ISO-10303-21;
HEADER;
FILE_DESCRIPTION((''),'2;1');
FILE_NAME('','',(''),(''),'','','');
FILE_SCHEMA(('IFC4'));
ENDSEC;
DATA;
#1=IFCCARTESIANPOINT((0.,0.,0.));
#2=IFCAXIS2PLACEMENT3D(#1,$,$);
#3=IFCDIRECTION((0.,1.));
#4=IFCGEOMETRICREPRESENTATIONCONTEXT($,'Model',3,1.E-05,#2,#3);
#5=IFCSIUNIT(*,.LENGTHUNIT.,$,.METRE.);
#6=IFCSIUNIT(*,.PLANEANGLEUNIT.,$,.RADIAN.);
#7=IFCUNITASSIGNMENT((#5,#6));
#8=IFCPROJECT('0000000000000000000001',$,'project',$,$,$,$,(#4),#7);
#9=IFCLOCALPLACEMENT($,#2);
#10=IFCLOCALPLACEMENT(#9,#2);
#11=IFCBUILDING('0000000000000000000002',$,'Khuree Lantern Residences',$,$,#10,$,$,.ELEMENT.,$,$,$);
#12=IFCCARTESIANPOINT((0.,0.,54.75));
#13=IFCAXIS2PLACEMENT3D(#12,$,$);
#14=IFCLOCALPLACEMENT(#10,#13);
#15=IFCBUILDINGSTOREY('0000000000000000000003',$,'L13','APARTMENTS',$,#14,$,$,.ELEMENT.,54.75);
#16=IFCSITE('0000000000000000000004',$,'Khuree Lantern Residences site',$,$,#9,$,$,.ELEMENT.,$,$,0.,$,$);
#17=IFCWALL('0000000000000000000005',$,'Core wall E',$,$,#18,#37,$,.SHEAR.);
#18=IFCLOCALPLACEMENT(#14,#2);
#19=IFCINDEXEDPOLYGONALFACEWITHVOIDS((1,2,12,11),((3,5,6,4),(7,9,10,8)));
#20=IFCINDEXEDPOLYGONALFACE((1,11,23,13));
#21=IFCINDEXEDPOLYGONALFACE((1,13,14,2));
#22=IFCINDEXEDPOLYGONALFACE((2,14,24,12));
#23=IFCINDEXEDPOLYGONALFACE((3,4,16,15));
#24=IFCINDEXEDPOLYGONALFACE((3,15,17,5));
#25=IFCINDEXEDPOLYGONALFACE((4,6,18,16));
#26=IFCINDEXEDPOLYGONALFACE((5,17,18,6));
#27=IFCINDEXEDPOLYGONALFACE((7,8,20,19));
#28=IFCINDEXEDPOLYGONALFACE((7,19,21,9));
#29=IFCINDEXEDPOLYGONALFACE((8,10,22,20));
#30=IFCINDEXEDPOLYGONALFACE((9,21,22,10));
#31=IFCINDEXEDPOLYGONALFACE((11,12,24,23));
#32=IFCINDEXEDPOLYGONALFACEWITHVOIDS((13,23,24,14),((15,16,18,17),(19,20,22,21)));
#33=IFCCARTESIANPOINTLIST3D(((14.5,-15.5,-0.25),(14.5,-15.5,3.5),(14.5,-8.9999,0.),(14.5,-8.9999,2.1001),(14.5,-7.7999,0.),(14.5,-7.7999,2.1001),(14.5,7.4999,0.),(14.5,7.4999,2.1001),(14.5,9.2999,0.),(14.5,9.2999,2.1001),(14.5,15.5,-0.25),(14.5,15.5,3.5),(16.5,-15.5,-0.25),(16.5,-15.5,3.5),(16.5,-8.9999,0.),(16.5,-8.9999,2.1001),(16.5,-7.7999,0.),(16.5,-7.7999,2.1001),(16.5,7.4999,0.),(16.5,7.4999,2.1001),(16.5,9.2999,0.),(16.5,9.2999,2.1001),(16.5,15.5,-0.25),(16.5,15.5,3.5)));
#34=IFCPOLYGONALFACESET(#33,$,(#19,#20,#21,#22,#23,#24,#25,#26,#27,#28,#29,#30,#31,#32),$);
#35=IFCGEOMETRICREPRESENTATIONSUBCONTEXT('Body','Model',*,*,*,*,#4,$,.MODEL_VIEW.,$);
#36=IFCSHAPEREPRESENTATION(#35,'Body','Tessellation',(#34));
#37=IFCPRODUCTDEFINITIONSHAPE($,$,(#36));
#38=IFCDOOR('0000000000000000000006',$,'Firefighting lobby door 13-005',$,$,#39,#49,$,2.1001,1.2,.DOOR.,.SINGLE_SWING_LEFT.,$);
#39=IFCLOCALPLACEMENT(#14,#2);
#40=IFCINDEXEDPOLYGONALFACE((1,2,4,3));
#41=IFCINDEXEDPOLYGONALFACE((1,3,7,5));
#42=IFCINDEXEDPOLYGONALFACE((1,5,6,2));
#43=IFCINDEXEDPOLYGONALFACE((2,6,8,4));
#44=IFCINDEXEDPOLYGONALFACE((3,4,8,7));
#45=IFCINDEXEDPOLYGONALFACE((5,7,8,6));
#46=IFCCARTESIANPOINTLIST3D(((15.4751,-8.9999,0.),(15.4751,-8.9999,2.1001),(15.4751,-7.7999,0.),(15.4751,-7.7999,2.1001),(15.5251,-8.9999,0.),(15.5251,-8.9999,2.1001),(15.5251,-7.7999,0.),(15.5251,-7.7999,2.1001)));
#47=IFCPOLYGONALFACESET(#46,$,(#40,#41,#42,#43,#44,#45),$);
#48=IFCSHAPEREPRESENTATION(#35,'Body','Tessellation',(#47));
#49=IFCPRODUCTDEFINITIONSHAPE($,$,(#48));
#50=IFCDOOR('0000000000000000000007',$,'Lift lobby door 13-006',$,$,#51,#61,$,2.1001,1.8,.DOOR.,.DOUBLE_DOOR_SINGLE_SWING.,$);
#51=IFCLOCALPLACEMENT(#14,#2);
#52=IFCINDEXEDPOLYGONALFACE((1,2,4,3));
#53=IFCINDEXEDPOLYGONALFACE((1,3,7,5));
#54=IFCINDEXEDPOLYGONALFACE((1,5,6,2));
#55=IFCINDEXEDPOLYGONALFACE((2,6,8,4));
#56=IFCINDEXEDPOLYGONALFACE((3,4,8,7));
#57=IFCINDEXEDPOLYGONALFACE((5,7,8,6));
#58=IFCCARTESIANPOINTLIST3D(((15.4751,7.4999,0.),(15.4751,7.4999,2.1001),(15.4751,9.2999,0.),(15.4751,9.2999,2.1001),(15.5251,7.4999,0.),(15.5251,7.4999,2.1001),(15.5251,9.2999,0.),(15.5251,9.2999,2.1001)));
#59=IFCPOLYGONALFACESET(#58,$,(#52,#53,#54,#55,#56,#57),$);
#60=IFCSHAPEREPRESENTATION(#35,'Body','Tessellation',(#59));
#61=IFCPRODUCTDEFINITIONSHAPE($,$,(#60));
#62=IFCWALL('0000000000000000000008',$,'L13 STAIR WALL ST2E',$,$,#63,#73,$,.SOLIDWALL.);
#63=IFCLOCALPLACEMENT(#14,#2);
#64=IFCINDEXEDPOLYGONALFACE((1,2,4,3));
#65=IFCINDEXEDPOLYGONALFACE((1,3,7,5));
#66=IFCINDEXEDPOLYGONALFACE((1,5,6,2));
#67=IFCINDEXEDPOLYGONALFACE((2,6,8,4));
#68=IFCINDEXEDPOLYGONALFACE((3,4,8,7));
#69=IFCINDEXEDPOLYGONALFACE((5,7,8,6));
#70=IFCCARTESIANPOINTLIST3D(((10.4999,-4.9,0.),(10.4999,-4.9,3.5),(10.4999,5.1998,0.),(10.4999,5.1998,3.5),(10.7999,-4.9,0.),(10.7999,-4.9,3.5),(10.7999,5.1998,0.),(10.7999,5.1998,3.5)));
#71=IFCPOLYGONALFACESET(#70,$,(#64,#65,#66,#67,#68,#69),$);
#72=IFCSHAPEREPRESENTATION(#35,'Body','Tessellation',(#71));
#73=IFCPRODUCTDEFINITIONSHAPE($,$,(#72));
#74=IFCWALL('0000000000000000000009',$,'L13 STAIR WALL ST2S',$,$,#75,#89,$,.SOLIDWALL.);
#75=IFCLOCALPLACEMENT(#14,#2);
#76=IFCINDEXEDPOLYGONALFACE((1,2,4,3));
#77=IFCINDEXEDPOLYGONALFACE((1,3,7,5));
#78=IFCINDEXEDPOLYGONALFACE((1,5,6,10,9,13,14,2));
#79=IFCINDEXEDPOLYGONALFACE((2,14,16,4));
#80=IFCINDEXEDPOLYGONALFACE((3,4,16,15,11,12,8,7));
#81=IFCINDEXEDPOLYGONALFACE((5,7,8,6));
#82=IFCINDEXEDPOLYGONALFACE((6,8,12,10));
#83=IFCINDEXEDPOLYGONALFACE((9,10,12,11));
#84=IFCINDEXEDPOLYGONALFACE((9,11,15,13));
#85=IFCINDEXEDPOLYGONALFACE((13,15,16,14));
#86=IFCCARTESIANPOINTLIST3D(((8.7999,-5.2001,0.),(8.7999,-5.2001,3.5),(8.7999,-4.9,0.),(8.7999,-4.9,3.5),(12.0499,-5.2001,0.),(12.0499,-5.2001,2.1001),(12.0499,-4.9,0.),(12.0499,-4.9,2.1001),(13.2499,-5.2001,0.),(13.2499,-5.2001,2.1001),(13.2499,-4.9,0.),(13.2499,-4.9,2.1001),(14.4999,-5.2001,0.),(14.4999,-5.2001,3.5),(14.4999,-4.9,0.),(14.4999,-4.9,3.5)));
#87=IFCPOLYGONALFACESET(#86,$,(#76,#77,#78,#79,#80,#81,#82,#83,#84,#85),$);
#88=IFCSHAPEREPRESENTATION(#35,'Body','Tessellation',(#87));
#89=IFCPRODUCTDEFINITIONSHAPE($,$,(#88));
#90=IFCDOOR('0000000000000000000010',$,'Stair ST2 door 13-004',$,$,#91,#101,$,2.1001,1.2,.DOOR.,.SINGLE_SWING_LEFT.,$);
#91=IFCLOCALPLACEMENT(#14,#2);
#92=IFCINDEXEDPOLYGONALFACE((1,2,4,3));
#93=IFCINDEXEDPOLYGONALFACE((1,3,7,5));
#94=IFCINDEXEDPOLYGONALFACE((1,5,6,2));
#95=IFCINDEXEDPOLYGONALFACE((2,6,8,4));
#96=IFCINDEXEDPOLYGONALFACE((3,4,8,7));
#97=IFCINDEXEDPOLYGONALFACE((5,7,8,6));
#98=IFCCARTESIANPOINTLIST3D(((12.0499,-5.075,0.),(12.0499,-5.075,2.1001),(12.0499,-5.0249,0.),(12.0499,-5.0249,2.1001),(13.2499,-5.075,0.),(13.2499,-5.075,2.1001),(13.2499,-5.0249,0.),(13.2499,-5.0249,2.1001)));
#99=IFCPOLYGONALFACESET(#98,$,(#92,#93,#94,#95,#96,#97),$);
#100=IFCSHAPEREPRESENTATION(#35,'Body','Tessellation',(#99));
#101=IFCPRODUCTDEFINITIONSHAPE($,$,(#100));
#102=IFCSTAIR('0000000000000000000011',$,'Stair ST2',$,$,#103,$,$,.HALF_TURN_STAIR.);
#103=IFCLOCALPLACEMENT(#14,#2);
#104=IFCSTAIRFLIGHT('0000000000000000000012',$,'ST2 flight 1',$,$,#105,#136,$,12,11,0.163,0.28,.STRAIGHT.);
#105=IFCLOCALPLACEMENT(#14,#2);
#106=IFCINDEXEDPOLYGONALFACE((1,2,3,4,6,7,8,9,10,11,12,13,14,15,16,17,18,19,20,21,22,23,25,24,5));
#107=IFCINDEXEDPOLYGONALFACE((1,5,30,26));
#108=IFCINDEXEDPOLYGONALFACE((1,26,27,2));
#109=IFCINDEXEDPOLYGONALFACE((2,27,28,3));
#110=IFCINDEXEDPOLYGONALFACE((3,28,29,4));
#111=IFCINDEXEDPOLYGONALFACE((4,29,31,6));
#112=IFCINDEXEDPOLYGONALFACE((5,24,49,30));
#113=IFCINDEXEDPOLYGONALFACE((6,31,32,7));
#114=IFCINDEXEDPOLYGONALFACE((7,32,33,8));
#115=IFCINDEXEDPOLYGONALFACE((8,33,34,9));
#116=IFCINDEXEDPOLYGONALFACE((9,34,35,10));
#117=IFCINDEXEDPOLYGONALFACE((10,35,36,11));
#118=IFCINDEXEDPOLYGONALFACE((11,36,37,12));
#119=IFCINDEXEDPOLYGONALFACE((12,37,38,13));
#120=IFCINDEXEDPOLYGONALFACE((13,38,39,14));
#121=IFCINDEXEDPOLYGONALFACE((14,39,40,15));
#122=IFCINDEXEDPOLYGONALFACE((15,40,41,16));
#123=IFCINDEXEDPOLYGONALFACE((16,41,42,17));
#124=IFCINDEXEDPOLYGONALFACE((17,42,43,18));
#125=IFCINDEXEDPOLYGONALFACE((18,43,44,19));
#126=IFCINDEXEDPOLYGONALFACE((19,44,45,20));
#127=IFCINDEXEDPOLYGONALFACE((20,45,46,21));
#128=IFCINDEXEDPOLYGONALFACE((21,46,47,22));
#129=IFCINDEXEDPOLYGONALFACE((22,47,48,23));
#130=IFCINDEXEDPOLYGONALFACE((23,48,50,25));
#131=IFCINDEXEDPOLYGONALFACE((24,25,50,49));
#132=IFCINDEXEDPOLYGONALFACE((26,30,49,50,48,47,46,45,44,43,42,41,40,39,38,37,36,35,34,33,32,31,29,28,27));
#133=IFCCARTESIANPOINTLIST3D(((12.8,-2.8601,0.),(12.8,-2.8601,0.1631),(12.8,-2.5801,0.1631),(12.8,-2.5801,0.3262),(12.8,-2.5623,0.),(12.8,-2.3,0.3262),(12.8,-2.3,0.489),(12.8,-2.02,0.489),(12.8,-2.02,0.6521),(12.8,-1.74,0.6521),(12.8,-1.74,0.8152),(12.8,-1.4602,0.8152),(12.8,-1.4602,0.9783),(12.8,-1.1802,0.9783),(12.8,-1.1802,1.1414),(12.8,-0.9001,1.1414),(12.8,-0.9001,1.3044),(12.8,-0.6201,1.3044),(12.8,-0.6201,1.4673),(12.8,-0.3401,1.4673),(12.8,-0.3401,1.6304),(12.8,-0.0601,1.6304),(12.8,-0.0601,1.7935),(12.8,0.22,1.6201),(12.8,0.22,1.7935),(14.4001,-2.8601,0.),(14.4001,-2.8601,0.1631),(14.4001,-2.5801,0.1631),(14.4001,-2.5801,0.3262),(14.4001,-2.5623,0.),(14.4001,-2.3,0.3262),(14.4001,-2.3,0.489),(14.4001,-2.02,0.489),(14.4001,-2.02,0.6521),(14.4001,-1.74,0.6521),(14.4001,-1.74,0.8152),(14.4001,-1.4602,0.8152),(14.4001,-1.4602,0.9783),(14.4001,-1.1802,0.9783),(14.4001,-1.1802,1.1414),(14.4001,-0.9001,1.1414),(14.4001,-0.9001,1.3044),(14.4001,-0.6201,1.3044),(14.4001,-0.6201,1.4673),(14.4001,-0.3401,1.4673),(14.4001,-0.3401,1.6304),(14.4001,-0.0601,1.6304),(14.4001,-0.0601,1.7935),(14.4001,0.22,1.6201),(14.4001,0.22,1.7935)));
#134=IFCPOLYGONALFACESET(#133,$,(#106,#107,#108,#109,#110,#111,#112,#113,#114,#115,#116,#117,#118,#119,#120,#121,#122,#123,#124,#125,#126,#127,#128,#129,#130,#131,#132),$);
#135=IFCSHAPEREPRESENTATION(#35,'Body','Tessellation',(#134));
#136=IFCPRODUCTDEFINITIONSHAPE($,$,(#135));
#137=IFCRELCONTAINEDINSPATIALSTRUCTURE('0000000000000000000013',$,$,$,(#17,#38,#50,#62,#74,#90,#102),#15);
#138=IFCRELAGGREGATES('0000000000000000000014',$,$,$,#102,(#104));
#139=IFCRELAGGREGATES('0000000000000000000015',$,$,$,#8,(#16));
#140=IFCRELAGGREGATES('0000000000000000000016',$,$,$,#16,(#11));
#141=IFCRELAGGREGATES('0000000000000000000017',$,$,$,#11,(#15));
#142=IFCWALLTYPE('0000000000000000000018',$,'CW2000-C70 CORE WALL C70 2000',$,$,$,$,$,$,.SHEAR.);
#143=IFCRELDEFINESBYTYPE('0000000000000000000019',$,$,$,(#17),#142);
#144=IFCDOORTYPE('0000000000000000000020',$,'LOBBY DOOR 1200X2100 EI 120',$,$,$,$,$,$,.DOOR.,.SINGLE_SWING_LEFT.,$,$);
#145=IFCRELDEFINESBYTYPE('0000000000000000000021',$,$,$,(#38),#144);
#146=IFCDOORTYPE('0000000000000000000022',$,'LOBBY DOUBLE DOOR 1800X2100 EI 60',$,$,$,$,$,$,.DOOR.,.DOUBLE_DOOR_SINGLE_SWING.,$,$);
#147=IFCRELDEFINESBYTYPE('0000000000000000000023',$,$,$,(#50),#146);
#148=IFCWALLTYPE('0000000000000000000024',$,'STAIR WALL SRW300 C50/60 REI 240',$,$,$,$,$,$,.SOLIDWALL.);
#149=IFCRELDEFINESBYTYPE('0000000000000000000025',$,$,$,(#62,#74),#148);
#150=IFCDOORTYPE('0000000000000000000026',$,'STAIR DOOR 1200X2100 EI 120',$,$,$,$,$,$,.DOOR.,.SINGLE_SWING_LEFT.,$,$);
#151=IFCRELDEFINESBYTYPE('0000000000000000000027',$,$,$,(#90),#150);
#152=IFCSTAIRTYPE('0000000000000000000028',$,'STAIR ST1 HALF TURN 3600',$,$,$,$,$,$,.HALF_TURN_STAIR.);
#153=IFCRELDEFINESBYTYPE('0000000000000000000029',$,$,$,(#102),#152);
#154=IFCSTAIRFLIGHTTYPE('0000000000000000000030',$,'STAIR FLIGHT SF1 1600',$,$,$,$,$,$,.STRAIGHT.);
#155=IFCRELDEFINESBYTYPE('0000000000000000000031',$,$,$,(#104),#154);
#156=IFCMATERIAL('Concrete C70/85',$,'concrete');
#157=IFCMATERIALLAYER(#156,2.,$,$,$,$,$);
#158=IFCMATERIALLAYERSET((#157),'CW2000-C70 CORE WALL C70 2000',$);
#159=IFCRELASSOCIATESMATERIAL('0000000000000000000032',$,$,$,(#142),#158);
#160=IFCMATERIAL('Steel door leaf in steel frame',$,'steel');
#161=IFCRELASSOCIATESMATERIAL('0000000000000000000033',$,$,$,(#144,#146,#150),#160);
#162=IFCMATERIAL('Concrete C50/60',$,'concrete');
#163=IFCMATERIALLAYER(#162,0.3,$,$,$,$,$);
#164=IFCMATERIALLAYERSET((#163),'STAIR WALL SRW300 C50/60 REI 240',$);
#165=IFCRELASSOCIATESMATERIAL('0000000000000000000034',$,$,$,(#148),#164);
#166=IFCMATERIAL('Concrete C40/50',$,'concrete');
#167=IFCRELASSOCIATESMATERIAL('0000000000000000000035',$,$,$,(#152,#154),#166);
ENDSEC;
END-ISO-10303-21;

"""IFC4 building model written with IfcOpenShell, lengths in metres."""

from ifc_helpers import new_model, si_unit, direction, frame, frame_2d, origin, place, context, subcontext, project, spatial, polyline, rectangle, outline, extrude, material, layer, layer_set, type_object, element, fill, aggregate, save


model = new_model("IFC4")

# Units and contexts
model_context = context("Model", 3, precision=1e-05, world=origin(), true_north=direction((0.0, 1.0)))
body_context = subcontext(model_context, "Body", "Model", "MODEL_VIEW")
ifc_project = project(units=[si_unit("LENGTHUNIT", "METRE"), si_unit("PLANEANGLEUNIT", "RADIAN")], contexts=[model_context])

# Site, building, storey
site_placement = place(None, origin())
site = spatial("IfcSite", under=ifc_project, at=site_placement, Name="Khuree Lantern Residences site", CompositionType="ELEMENT", RefElevation=0.0)
building_placement = place(site_placement, origin())
building = spatial("IfcBuilding", under=site, at=building_placement, Name="Khuree Lantern Residences", CompositionType="ELEMENT")
storey_placement = place(building_placement, frame((0.0, 0.0, 54.75)))
storey = spatial("IfcBuildingStorey", under=building, at=storey_placement, Name="L13", Description="APARTMENTS", CompositionType="ELEMENT", Elevation=54.75)

# Shared definitions
ifc_material_1 = material(Name="Concrete C70/85", Category="concrete")

# Wall, openings, doors
ifc_layer_1 = layer(ifc_material_1, 2.0)
ifc_layer_set_1 = layer_set([ifc_layer_1], Name="CW2000-C70 CORE WALL C70 2000")
wall_type_1 = type_object("IfcWallType", Name="CW2000-C70 CORE WALL C70 2000", PredefinedType="SHEAR", material=ifc_layer_set_1)
wall_1_placement = place(storey_placement, frame((15.5, -15.5, -0.25), z_axis=(0.0, 0.0, 1.0), x_axis=(0.0, 1.0, 0.0)))
wall_1 = element("IfcWall", 1, at=wall_1_placement, inside=storey, type_object=wall_type_1, Name="Core wall E", PredefinedType="SHEAR", context=body_context, shape_type="SweptSolid", body=[
    extrude(rectangle(XDim=31.0, YDim=2.0, at=frame_2d((15.5, 0.0))), origin(), (0.0, 0.0, 1.0), 3.75),
])
opening_1_placement = place(wall_1_placement, frame((6.5, 0.0, 0.25)))
opening_1 = element("IfcOpeningElement", 2, at=opening_1_placement, cuts=wall_1, PredefinedType="OPENING", context=body_context, shape_type="SweptSolid", body=[
    extrude(rectangle(XDim=1.2, YDim=2.1001, at=frame_2d((0.6001, 1.05))), frame((0.0, 1.01, 0.0), z_axis=(0.0, -1.0, 0.0), x_axis=(1.0, 0.0, 0.0)), (0.0, 0.0, 1.0), 2.02),
])
opening_2_placement = place(wall_1_placement, frame((23.0, 0.0, 0.25)))
opening_2 = element("IfcOpeningElement", 3, at=opening_2_placement, cuts=wall_1, PredefinedType="OPENING", context=body_context, shape_type="SweptSolid", body=[
    extrude(rectangle(XDim=1.8, YDim=2.1001, at=frame_2d((0.8999, 1.05))), frame((0.0, 1.01, 0.0), z_axis=(0.0, -1.0, 0.0), x_axis=(1.0, 0.0, 0.0)), (0.0, 0.0, 1.0), 2.02),
])
ifc_material_2 = material(Name="Steel door leaf in steel frame", Category="steel")
door_type_1 = type_object("IfcDoorType", Name="LOBBY DOOR 1200X2100 EI 120", OperationType="SINGLE_SWING_LEFT", PredefinedType="DOOR", material=ifc_material_2)
door_1_placement = place(opening_1_placement, origin())
door_1 = element("IfcDoor", 4, at=door_1_placement, inside=storey, type_object=door_type_1, Name="Firefighting lobby door 13-005", OperationType="SINGLE_SWING_LEFT", OverallHeight=2.1001, OverallWidth=1.2, PredefinedType="DOOR", context=body_context, shape_type="SweptSolid", body=[
    extrude(rectangle(XDim=1.2, YDim=2.1001, at=frame_2d((0.6001, 1.05))), frame((0.0, 0.0249, 0.0), z_axis=(0.0, -1.0, 0.0), x_axis=(1.0, 0.0, 0.0)), (0.0, 0.0, 1.0), 0.05),
])
fill(opening_1, door_1)
door_type_2 = type_object("IfcDoorType", Name="LOBBY DOUBLE DOOR 1800X2100 EI 60", OperationType="DOUBLE_DOOR_SINGLE_SWING", PredefinedType="DOOR", material=ifc_material_2)
door_2_placement = place(opening_2_placement, origin())
door_2 = element("IfcDoor", 5, at=door_2_placement, inside=storey, type_object=door_type_2, Name="Lift lobby door 13-006", OperationType="DOUBLE_DOOR_SINGLE_SWING", OverallHeight=2.1001, OverallWidth=1.8, PredefinedType="DOOR", context=body_context, shape_type="SweptSolid", body=[
    extrude(rectangle(XDim=1.8, YDim=2.1001, at=frame_2d((0.8999, 1.05))), frame((0.0, 0.0249, 0.0), z_axis=(0.0, -1.0, 0.0), x_axis=(1.0, 0.0, 0.0)), (0.0, 0.0, 1.0), 0.05),
])
fill(opening_2, door_2)

# Wall
ifc_material_3 = material(Name="Concrete C50/60", Category="concrete")
ifc_layer_2 = layer(ifc_material_3, 0.3)
ifc_layer_set_2 = layer_set([ifc_layer_2], Name="STAIR WALL SRW300 C50/60 REI 240")
wall_type_2 = type_object("IfcWallType", Name="STAIR WALL SRW300 C50/60 REI 240", PredefinedType="SOLIDWALL", material=ifc_layer_set_2)
wall_2_placement = place(storey_placement, frame((10.6499, -4.8999, 0.0), z_axis=(0.0, 0.0, 1.0), x_axis=(0.0, 1.0, 0.0)))
element("IfcWall", 6, at=wall_2_placement, inside=storey, type_object=wall_type_2, Name="L13 STAIR WALL ST2E", PredefinedType="SOLIDWALL", context=body_context, shape_type="SweptSolid", body=[
    extrude(rectangle(XDim=10.0999, YDim=0.3, at=frame_2d((5.0498, 0.0))), origin(), (0.0, 0.0, 1.0), 3.5),
])

# Wall, opening, door
wall_3_placement = place(storey_placement, frame((14.5, -5.05, 0.0), z_axis=(0.0, 0.0, 1.0), x_axis=(-1.0, 0.0, 0.0)))
wall_3 = element("IfcWall", 7, at=wall_3_placement, inside=storey, type_object=wall_type_2, Name="L13 STAIR WALL ST2S", PredefinedType="SOLIDWALL", context=body_context, shape_type="SweptSolid", body=[
    extrude(rectangle(XDim=5.7, YDim=0.3, at=frame_2d((2.8501, 0.0))), origin(), (0.0, 0.0, 1.0), 3.5),
])
opening_3_placement = place(wall_3_placement, frame((1.25, 0.0, 0.0)))
opening_3 = element("IfcOpeningElement", 8, at=opening_3_placement, cuts=wall_3, PredefinedType="OPENING", context=body_context, shape_type="SweptSolid", body=[
    extrude(rectangle(XDim=1.2, YDim=2.1001, at=frame_2d((0.6001, 1.05))), frame((0.0, 0.1602, 0.0), z_axis=(0.0, -1.0, 0.0), x_axis=(1.0, 0.0, 0.0)), (0.0, 0.0, 1.0), 0.3201),
])
door_type_3 = type_object("IfcDoorType", Name="STAIR DOOR 1200X2100 EI 120", OperationType="SINGLE_SWING_LEFT", PredefinedType="DOOR", material=ifc_material_2)
door_3_placement = place(opening_3_placement, origin())
door_3 = element("IfcDoor", 9, at=door_3_placement, inside=storey, type_object=door_type_3, Name="Stair ST2 door 13-004", OperationType="SINGLE_SWING_LEFT", OverallHeight=2.1001, OverallWidth=1.2, PredefinedType="DOOR", context=body_context, shape_type="SweptSolid", body=[
    extrude(rectangle(XDim=1.2, YDim=2.1001, at=frame_2d((0.6001, 1.05))), frame((0.0, 0.0249, 0.0), z_axis=(0.0, -1.0, 0.0), x_axis=(1.0, 0.0, 0.0)), (0.0, 0.0, 1.0), 0.05),
])
fill(opening_3, door_3)

# Stair, stair flight
ifc_material_4 = material(Name="Concrete C40/50", Category="concrete")
stair_type = type_object("IfcStairType", Name="STAIR ST1 HALF TURN 3600", PredefinedType="HALF_TURN_STAIR", material=ifc_material_4)
stair_placement = place(storey_placement, origin())
stair = element("IfcStair", 10, at=stair_placement, inside=storey, type_object=stair_type, Name="Stair ST2", PredefinedType="HALF_TURN_STAIR")
stair_flight_type = type_object("IfcStairFlightType", Name="STAIR FLIGHT SF1 1600", PredefinedType="STRAIGHT", material=ifc_material_4)
stair_flight_placement = place(storey_placement, frame((13.6001, -2.8601, 0.0), z_axis=(0.0, 0.0, 1.0), x_axis=(0.0, 1.0, 0.0)))
stair_flight = element("IfcStairFlight", 11, at=stair_flight_placement, type_object=stair_flight_type, Name="ST2 flight 1", NumberOfRisers=12, NumberOfTreads=11, PredefinedType="STRAIGHT", RiserHeight=0.163, TreadLength=0.28, context=body_context, shape_type="SweptSolid", body=[
    extrude(outline(polyline([(0.0, 0.0), (0.0, 0.1631), (0.28, 0.1631), (0.28, 0.3262), (0.5601, 0.3262), (0.5601, 0.489), (0.8401, 0.489), (0.8401, 0.6521), (1.1201, 0.6521), (1.1201, 0.8152), (1.3999, 0.8152), (1.3999, 0.9783), (1.6799, 0.9783), (1.6799, 1.1414), (1.96, 1.1414), (1.96, 1.3044), (2.24, 1.3044), (2.24, 1.4673), (2.52, 1.4673), (2.52, 1.6304), (2.8, 1.6304), (2.8, 1.7935), (3.0801, 1.7935), (3.0801, 1.9565), (3.0801, 1.6201), (0.2979, 0.0), (0.0, 0.0)])), frame((0.0, 0.8, 0.0), z_axis=(0.0, -1.0, 0.0), x_axis=(1.0, 0.0, 0.0)), (0.0, 0.0, 1.0), 1.6001),
])
aggregate(stair, [stair_flight])

save(model, "model.ifc")
